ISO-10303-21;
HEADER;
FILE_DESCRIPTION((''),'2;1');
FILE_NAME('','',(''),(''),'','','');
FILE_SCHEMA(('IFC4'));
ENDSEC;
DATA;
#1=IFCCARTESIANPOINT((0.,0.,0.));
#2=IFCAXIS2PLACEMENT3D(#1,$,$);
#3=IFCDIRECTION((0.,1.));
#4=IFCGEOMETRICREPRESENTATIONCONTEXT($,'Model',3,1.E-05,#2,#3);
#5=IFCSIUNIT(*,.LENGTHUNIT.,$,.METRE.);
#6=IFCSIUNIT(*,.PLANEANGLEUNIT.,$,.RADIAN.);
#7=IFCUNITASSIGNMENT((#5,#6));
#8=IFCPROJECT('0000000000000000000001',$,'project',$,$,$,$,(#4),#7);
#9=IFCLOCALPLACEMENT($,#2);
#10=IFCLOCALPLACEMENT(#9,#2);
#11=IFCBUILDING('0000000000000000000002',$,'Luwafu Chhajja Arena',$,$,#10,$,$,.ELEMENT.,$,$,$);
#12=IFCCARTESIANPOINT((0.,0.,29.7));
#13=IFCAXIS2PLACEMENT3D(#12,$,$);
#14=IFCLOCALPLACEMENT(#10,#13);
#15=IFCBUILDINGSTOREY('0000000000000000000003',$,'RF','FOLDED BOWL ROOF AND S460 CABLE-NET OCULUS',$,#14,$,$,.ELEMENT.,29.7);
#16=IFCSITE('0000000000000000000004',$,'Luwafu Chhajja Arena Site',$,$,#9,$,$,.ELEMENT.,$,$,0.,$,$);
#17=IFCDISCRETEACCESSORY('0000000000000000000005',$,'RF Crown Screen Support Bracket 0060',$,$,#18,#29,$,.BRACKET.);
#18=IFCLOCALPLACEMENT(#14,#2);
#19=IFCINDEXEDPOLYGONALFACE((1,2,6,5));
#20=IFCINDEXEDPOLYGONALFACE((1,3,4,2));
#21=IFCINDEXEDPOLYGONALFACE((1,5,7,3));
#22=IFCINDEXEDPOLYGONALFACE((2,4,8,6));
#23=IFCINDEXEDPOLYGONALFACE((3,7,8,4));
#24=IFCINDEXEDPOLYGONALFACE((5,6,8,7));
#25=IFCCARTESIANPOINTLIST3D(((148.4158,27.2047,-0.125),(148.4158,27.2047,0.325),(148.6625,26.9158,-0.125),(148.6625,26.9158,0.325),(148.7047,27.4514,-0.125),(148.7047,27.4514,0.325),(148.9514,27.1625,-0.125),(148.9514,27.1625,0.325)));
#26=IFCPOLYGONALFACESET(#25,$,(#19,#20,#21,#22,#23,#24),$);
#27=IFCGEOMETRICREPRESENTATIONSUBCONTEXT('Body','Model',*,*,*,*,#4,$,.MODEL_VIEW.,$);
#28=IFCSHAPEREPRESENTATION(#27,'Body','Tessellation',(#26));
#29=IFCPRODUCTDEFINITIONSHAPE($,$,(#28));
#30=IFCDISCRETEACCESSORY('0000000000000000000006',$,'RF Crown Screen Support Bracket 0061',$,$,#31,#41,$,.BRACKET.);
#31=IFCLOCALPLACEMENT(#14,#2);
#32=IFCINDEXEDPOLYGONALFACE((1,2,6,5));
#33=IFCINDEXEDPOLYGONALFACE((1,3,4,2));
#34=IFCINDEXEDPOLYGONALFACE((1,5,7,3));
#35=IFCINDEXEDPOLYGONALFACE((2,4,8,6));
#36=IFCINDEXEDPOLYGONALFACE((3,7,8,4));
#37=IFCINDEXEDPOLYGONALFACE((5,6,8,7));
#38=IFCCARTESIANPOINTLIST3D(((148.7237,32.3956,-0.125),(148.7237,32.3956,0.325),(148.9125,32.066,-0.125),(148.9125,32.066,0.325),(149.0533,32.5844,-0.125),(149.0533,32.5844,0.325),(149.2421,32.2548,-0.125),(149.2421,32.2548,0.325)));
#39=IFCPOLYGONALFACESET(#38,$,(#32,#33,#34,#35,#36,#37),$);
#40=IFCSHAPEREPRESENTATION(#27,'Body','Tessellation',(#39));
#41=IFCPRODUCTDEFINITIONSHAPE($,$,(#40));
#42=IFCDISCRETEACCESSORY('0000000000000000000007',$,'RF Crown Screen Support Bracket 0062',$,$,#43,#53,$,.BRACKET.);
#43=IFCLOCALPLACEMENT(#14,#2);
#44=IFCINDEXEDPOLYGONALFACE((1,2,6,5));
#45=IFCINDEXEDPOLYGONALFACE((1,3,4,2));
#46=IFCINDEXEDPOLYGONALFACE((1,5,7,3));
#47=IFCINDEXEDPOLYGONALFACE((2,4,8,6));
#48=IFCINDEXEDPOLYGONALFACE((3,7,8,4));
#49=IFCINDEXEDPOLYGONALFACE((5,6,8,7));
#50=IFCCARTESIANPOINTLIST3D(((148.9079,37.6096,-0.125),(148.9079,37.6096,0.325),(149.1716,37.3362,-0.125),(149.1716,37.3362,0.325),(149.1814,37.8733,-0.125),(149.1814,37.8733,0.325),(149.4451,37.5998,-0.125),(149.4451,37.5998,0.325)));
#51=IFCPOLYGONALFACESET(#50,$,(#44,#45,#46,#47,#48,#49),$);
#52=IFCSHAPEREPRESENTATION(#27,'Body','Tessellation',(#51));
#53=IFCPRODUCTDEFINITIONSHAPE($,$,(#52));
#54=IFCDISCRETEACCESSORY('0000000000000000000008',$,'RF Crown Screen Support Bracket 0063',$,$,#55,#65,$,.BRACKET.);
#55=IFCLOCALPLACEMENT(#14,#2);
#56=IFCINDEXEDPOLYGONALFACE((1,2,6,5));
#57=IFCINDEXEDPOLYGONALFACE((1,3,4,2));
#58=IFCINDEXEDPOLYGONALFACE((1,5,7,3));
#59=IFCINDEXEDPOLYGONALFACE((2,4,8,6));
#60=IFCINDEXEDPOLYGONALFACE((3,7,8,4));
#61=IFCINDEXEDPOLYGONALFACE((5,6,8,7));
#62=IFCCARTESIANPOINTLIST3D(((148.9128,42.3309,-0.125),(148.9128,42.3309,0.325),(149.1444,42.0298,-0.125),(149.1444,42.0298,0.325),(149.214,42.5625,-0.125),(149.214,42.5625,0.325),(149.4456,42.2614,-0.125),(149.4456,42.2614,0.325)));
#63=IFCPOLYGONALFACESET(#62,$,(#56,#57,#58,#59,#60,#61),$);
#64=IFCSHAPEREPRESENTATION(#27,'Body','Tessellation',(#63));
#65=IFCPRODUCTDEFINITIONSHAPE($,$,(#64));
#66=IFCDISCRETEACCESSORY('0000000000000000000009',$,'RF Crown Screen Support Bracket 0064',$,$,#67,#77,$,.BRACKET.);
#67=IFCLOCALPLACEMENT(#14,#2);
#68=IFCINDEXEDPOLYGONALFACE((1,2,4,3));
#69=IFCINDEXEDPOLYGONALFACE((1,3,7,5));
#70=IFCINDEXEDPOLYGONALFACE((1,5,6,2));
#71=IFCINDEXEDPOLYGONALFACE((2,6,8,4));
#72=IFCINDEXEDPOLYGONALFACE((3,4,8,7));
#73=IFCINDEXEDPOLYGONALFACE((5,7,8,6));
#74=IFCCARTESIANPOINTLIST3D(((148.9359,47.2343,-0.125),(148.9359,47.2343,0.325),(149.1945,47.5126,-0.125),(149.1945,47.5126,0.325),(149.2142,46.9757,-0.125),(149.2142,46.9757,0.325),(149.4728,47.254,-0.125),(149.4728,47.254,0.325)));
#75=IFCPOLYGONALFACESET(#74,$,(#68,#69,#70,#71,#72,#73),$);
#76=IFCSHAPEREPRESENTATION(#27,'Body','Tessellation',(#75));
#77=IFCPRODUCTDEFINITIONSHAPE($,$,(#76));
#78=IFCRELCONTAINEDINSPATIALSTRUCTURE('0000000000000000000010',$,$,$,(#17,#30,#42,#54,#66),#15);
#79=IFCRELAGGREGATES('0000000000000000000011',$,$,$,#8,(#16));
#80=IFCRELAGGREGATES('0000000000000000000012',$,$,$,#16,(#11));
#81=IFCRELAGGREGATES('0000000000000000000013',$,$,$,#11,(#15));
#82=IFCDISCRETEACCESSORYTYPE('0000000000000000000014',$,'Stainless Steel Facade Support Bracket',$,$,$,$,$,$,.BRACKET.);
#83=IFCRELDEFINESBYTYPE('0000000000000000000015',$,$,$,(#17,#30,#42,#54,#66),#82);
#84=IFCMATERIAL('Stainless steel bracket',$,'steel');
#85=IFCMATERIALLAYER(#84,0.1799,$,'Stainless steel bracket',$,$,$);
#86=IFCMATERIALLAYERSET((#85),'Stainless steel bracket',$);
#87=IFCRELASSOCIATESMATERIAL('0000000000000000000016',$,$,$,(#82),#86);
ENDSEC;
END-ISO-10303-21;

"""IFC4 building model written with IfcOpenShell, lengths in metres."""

from ifc_helpers import new_model, si_unit, direction, frame, origin, origin_2d, place, context, subcontext, project, spatial, rectangle, extrude, material, layer, layer_set, type_object, element, save


model = new_model("IFC4")

# Units and contexts
model_context = context("Model", 3, precision=1e-05, world=origin(), true_north=direction((0.0, 1.0)))
body_context = subcontext(model_context, "Body", "Model", "MODEL_VIEW")
ifc_project = project(units=[si_unit("LENGTHUNIT", "METRE"), si_unit("PLANEANGLEUNIT", "RADIAN")], contexts=[model_context])

# Site, building, storey
site_placement = place(None, origin())
site = spatial("IfcSite", under=ifc_project, at=site_placement, Name="Luwafu Chhajja Arena Site", CompositionType="ELEMENT", RefElevation=0.0)
building_placement = place(site_placement, origin())
building = spatial("IfcBuilding", under=site, at=building_placement, Name="Luwafu Chhajja Arena", CompositionType="ELEMENT")
storey_placement = place(building_placement, frame((0.0, 0.0, 29.7)))
storey = spatial("IfcBuildingStorey", under=building, at=storey_placement, Name="RF", Description="FOLDED BOWL ROOF AND S460 CABLE-NET OCULUS", CompositionType="ELEMENT", Elevation=29.7)

# Discrete accessories
ifc_material_1 = material(Name="Stainless steel bracket", Category="steel")
ifc_layer_1 = layer(ifc_material_1, 0.1799, Name="Stainless steel bracket")
ifc_layer_set_1 = layer_set([ifc_layer_1], Name="Stainless steel bracket")
discrete_accessory_type = type_object("IfcDiscreteAccessoryType", Name="Stainless Steel Facade Support Bracket", PredefinedType="BRACKET", material=ifc_layer_set_1)
for number, where, z_axis, x_axis, name in (
    (1, (148.6836, 27.1836, -0.125), (0.0, 0.0, 1.0), (0.760439, 0.64941, 0.0), "RF Crown Screen Support Bracket 0060"),
    (2, (148.9829, 32.3252, -0.125), (0.0, 0.0, 1.0), (-0.497201, 0.867635, 0.0), "RF Crown Screen Support Bracket 0061"),
    (3, (149.1765, 37.6047, -0.125), (0.0, 0.0, 1.0), (0.719888, 0.69409, 0.0), "RF Crown Screen Support Bracket 0062"),
    (4, (149.1792, 42.2961, -0.125), (0.0, 0.0, 1.0), (-0.609653, 0.792668, 0.0), "RF Crown Screen Support Bracket 0063"),
    (5, (149.2043, 47.2441, -0.125), (0.0, 0.0, 1.0), (0.680631, 0.732626, 0.0), "RF Crown Screen Support Bracket 0064"),
):
    element("IfcDiscreteAccessory", number, at=place(storey_placement, frame(where, z_axis=z_axis, x_axis=x_axis)), inside=storey, type_object=discrete_accessory_type, Name=name, PredefinedType="BRACKET", context=body_context, shape_type="SweptSolid", body=[
        extrude(rectangle(XDim=0.3799, YDim=0.3799, at=origin_2d()), origin(), (0.0, 0.0, 1.0), 0.45),
    ])

save(model, "model.ifc")
